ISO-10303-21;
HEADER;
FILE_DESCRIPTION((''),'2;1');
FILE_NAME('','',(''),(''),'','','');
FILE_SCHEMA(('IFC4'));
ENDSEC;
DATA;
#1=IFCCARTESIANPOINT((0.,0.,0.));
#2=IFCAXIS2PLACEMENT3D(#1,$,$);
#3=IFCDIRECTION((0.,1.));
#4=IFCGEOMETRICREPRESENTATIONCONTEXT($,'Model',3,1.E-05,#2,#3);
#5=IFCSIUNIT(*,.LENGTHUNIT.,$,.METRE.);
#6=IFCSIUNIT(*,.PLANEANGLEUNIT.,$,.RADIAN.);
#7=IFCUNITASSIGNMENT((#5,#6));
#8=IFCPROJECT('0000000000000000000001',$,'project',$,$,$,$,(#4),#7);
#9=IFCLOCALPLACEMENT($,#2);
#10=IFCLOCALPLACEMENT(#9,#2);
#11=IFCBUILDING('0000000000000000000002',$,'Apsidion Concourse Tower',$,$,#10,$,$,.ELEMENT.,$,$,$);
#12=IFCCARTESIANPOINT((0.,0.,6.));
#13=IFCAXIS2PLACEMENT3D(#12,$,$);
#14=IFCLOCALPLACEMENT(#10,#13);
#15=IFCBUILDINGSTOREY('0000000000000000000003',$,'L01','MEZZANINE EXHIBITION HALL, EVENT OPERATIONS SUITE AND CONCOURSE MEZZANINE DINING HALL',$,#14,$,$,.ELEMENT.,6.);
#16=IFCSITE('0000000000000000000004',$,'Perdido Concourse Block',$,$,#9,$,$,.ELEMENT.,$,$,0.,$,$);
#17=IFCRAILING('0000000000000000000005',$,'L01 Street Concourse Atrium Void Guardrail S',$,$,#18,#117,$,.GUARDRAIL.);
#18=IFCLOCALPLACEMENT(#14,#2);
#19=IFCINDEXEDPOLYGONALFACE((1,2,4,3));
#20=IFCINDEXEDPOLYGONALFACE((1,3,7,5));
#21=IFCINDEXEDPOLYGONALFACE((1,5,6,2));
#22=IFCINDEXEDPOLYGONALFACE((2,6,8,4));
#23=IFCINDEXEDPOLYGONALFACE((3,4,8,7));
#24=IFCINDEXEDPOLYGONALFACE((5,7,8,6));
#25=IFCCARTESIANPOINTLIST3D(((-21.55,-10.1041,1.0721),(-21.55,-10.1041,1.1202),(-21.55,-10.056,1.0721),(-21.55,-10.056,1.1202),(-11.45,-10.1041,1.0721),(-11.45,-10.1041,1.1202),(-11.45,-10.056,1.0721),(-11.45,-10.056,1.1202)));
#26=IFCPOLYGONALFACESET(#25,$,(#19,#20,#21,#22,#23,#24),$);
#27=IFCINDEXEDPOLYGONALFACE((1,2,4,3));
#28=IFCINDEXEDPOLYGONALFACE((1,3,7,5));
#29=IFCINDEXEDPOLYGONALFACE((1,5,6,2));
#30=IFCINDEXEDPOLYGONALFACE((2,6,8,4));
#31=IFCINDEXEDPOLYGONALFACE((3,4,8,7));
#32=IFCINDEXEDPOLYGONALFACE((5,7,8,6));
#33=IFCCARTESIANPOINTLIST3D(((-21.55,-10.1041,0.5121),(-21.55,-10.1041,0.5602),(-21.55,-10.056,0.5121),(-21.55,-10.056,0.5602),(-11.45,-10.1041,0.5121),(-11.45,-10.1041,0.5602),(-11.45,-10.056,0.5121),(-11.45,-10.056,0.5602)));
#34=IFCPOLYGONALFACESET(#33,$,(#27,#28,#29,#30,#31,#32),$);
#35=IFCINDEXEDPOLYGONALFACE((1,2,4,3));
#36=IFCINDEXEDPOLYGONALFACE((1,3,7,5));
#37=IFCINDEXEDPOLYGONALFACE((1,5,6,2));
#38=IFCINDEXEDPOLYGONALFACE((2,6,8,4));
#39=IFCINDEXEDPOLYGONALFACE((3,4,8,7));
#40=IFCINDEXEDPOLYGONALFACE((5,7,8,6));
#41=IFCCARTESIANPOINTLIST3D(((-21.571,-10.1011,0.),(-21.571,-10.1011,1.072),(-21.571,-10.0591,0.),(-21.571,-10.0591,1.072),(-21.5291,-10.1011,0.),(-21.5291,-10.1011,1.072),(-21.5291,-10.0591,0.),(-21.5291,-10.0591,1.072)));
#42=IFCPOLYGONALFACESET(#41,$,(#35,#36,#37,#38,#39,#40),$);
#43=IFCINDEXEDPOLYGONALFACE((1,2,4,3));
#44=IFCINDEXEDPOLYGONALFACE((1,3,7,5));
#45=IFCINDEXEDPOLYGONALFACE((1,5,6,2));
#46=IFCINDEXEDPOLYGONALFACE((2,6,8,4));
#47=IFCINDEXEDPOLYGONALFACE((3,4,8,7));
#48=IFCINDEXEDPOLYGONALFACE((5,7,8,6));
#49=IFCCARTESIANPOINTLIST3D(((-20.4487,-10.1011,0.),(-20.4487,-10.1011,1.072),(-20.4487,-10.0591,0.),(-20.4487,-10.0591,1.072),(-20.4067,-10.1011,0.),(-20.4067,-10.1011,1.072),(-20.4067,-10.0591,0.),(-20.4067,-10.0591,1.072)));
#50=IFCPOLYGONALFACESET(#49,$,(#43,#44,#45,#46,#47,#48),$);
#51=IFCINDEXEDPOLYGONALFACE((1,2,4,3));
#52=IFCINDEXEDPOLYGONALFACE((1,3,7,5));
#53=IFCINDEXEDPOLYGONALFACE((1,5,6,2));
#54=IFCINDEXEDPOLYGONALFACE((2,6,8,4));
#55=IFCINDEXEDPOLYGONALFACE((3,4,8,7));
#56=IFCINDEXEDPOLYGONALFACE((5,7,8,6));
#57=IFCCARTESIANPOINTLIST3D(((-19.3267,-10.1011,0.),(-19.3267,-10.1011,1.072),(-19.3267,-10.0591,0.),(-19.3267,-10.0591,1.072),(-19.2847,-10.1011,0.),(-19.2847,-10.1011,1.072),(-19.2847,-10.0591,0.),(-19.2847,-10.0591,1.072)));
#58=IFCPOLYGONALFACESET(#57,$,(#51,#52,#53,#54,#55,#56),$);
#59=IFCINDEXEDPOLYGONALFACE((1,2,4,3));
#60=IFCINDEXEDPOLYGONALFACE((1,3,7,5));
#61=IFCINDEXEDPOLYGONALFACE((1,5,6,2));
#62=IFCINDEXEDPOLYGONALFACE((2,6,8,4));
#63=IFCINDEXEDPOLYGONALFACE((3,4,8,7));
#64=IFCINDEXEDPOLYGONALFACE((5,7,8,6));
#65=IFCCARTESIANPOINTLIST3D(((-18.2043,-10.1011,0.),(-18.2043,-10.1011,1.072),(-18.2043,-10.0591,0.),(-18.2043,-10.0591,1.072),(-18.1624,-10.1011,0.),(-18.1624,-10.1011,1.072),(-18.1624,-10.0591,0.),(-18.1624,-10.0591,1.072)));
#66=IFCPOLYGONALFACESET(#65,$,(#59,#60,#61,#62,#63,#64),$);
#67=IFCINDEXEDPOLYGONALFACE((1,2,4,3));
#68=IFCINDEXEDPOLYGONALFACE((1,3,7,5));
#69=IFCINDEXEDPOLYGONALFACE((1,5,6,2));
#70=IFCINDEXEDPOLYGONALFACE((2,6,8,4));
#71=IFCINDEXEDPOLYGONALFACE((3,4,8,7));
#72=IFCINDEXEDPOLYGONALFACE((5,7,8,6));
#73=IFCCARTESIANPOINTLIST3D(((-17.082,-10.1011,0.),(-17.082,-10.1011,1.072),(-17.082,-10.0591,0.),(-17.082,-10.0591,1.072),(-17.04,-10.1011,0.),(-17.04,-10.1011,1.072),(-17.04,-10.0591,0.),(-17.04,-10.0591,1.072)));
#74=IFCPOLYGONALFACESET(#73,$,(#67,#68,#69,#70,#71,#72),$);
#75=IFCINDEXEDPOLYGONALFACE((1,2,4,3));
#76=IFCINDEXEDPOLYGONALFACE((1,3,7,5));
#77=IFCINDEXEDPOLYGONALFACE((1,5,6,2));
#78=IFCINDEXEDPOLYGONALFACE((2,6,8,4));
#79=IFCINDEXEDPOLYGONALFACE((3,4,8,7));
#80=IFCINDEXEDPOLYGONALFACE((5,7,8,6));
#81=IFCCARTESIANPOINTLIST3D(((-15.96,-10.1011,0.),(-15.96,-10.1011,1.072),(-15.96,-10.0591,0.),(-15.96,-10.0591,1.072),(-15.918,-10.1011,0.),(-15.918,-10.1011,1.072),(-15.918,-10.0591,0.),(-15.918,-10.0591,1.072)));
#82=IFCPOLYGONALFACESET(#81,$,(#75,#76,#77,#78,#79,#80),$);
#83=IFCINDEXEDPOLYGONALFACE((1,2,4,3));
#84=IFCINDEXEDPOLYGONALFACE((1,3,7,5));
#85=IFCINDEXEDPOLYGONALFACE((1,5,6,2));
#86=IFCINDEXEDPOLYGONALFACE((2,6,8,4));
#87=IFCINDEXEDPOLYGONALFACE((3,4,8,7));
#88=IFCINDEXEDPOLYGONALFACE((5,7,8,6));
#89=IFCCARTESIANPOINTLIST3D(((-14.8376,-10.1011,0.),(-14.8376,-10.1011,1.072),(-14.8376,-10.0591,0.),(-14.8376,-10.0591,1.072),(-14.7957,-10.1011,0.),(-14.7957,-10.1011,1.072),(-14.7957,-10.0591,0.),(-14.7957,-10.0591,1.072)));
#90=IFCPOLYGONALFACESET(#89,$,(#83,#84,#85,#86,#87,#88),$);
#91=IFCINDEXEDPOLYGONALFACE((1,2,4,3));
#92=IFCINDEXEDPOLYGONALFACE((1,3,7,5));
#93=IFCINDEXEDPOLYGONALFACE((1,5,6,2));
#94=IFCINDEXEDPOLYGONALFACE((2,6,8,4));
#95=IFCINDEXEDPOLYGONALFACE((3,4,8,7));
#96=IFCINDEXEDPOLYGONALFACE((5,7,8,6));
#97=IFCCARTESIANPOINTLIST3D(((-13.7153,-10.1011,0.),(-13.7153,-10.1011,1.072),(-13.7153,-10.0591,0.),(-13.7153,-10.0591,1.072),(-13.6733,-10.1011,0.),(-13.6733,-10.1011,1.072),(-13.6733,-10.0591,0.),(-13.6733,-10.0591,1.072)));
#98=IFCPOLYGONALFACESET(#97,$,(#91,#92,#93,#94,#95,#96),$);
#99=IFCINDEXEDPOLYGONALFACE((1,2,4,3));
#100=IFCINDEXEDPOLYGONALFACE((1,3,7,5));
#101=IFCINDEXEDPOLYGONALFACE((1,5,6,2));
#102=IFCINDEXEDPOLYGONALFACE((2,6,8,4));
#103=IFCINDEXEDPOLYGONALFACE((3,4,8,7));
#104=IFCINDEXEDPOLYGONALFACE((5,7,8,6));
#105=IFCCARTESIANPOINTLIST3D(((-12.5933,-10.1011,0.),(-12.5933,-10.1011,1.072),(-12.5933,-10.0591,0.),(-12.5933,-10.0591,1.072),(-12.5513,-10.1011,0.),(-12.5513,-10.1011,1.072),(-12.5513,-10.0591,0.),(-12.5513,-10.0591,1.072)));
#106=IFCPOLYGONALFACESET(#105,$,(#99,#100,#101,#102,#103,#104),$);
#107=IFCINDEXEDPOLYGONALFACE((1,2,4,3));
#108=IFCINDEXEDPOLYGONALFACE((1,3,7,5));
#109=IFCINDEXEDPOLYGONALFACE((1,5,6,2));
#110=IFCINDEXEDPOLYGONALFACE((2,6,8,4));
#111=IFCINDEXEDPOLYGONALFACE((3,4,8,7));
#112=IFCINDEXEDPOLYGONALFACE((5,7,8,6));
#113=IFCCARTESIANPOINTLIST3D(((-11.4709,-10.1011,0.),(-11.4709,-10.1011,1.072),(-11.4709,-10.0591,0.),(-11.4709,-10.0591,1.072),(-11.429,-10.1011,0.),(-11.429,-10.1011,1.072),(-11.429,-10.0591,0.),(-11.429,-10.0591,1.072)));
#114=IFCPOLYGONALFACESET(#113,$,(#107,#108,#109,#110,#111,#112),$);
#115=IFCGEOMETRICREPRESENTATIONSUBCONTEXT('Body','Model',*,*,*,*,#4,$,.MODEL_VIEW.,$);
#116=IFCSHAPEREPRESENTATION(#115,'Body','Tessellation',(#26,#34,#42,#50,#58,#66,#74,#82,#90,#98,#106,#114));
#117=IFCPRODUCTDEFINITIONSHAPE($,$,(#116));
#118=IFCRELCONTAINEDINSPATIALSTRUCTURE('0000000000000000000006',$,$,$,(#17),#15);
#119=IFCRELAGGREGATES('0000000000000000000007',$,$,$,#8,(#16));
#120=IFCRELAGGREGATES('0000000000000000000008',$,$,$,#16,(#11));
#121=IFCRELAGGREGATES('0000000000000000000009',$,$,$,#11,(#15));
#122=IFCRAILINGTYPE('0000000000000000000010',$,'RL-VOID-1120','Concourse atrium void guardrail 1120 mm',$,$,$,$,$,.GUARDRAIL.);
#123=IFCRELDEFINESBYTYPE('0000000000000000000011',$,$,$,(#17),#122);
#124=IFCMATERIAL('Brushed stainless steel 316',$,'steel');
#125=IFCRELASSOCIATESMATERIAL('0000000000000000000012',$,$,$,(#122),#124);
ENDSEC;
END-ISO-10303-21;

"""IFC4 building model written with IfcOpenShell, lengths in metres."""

from ifc_helpers import new_model, si_unit, direction, frame, origin, origin_2d, place, context, subcontext, project, spatial, rectangle, extrude, material, type_object, element, save


model = new_model("IFC4")

# Units and contexts
model_context = context("Model", 3, precision=1e-05, world=origin(), true_north=direction((0.0, 1.0)))
body_context = subcontext(model_context, "Body", "Model", "MODEL_VIEW")
ifc_project = project(units=[si_unit("LENGTHUNIT", "METRE"), si_unit("PLANEANGLEUNIT", "RADIAN")], contexts=[model_context])

# Site, building, storey
site_placement = place(None, origin())
site = spatial("IfcSite", under=ifc_project, at=site_placement, Name="Perdido Concourse Block", CompositionType="ELEMENT", RefElevation=0.0)
building_placement = place(site_placement, origin())
building = spatial("IfcBuilding", under=site, at=building_placement, Name="Apsidion Concourse Tower", CompositionType="ELEMENT")
storey_placement = place(building_placement, frame((0.0, 0.0, 6.0)))
storey = spatial("IfcBuildingStorey", under=building, at=storey_placement, Name="L01", Description="MEZZANINE EXHIBITION HALL, EVENT OPERATIONS SUITE AND CONCOURSE MEZZANINE DINING HALL", CompositionType="ELEMENT", Elevation=6.0)

# Shared definitions
ifc_material_1 = material(Name="Brushed stainless steel 316", Category="steel")

# Railing
railing_type = type_object("IfcRailingType", Name="RL-VOID-1120", Description="Concourse atrium void guardrail 1120 mm", PredefinedType="GUARDRAIL", material=ifc_material_1)
railing_1_placement = place(storey_placement, frame((-21.55, -10.0801, 0.0)))
element("IfcRailing", 1, at=railing_1_placement, inside=storey, type_object=railing_type, Name="L01 Street Concourse Atrium Void Guardrail S", PredefinedType="GUARDRAIL", context=body_context, shape_type="SweptSolid", body=[
    extrude(rectangle(XDim=0.0481, YDim=0.0481, at=origin_2d()), frame((0.0, 0.0, 1.0962), z_axis=(1.0, 0.0, 0.0), x_axis=(0.0, 1.0, 0.0)), (0.0, 0.0, 1.0), 10.1001),
    extrude(rectangle(XDim=0.0481, YDim=0.0481, at=origin_2d()), frame((0.0, 0.0, 0.5361), z_axis=(1.0, 0.0, 0.0), x_axis=(0.0, 1.0, 0.0)), (0.0, 0.0, 1.0), 10.1001),
    extrude(rectangle(XDim=0.042, YDim=0.042, at=origin_2d()), origin(), (0.0, 0.0, 1.0), 1.072),
    extrude(rectangle(XDim=0.042, YDim=0.042, at=origin_2d()), frame((1.1223, 0.0, 0.0)), (0.0, 0.0, 1.0), 1.072),
    extrude(rectangle(XDim=0.042, YDim=0.042, at=origin_2d()), frame((2.2444, 0.0, 0.0)), (0.0, 0.0, 1.0), 1.072),
    extrude(rectangle(XDim=0.042, YDim=0.042, at=origin_2d()), frame((3.3667, 0.0, 0.0)), (0.0, 0.0, 1.0), 1.072),
    extrude(rectangle(XDim=0.042, YDim=0.042, at=origin_2d()), frame((4.489, 0.0, 0.0)), (0.0, 0.0, 1.0), 1.072),
    extrude(rectangle(XDim=0.042, YDim=0.042, at=origin_2d()), frame((5.6111, 0.0, 0.0)), (0.0, 0.0, 1.0), 1.072),
    extrude(rectangle(XDim=0.042, YDim=0.042, at=origin_2d()), frame((6.7334, 0.0, 0.0)), (0.0, 0.0, 1.0), 1.072),
    extrude(rectangle(XDim=0.042, YDim=0.042, at=origin_2d()), frame((7.8557, 0.0, 0.0)), (0.0, 0.0, 1.0), 1.072),
    extrude(rectangle(XDim=0.042, YDim=0.042, at=origin_2d()), frame((8.9778, 0.0, 0.0)), (0.0, 0.0, 1.0), 1.072),
    extrude(rectangle(XDim=0.042, YDim=0.042, at=origin_2d()), frame((10.1001, 0.0, 0.0)), (0.0, 0.0, 1.0), 1.072),
])

save(model, "model.ifc")
